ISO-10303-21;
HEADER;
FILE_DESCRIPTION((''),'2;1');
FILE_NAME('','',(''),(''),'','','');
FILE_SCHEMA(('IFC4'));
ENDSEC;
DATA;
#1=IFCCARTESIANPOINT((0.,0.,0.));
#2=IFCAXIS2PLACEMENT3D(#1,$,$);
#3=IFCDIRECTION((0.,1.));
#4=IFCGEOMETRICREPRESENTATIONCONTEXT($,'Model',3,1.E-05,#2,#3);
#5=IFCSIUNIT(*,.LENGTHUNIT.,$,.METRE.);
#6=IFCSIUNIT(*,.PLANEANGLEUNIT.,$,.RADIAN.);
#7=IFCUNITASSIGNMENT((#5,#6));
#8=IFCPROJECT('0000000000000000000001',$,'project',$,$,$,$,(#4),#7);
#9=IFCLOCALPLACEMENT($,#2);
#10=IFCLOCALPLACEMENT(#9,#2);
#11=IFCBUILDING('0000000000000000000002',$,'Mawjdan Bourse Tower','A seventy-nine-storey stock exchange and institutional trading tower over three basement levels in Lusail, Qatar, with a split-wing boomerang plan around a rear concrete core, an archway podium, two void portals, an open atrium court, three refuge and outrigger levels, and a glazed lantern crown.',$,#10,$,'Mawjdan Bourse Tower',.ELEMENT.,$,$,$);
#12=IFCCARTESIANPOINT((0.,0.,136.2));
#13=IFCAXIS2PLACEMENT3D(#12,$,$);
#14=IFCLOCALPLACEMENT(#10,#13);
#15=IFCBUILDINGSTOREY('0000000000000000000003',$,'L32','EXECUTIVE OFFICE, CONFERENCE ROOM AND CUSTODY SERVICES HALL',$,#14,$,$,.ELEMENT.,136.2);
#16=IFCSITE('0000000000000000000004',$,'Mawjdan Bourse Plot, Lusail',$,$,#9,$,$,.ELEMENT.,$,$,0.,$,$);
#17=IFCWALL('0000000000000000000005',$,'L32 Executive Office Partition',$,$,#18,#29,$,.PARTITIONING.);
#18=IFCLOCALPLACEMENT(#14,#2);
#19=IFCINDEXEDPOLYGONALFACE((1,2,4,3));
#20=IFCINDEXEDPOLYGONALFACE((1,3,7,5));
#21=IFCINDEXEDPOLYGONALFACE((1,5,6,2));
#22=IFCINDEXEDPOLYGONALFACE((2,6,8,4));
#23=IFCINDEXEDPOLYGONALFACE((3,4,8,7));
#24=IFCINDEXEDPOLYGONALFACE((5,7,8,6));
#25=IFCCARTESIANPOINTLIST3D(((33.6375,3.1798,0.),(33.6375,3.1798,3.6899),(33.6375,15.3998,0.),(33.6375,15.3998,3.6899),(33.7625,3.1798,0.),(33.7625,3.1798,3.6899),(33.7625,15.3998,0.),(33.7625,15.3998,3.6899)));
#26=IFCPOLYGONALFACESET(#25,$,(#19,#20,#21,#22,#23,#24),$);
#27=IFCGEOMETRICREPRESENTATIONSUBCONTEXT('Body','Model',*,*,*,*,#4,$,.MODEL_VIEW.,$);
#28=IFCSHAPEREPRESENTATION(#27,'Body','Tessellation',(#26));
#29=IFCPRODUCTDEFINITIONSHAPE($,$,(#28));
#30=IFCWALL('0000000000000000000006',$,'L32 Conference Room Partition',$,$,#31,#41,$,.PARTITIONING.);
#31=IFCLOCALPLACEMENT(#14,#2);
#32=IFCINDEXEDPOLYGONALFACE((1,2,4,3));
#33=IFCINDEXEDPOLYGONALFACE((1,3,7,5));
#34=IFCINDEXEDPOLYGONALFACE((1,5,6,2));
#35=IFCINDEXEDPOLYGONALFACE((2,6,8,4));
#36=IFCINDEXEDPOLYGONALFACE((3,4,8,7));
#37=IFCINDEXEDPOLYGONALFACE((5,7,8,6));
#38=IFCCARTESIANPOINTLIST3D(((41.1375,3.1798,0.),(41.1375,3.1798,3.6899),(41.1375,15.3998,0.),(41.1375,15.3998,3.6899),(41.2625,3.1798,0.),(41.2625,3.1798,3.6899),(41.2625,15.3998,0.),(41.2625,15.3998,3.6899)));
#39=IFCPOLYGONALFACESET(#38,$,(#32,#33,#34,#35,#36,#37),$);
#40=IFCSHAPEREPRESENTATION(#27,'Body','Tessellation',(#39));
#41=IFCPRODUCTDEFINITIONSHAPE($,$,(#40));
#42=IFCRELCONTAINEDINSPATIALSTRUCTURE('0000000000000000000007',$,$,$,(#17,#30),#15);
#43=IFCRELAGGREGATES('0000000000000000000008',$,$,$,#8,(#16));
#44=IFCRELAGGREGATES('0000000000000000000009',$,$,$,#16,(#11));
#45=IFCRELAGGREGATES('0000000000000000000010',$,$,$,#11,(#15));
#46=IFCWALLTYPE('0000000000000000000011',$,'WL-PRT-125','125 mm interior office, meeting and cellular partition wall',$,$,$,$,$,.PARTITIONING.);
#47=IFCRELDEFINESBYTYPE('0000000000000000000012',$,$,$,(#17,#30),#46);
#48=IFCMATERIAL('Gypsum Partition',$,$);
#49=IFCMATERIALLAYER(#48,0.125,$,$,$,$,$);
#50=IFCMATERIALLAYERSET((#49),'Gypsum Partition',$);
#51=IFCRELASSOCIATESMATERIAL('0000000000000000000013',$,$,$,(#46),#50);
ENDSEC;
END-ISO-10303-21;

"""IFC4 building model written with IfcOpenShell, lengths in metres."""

from ifc_helpers import new_model, si_unit, direction, frame, frame_2d, origin, place, context, subcontext, project, spatial, rectangle, extrude, material, layer, layer_set, type_object, element, save


model = new_model("IFC4")

# Units and contexts
model_context = context("Model", 3, precision=1e-05, world=origin(), true_north=direction((0.0, 1.0)))
body_context = subcontext(model_context, "Body", "Model", "MODEL_VIEW")
ifc_project = project(units=[si_unit("LENGTHUNIT", "METRE"), si_unit("PLANEANGLEUNIT", "RADIAN")], contexts=[model_context])

# Site, building, storey
site_placement = place(None, origin())
site = spatial("IfcSite", under=ifc_project, at=site_placement, Name="Mawjdan Bourse Plot, Lusail", CompositionType="ELEMENT", RefElevation=0.0)
building_placement = place(site_placement, origin())
building = spatial("IfcBuilding", under=site, at=building_placement, Name="Mawjdan Bourse Tower", Description="A seventy-nine-storey stock exchange and institutional trading tower over three basement levels in Lusail, Qatar, with a split-wing boomerang plan around a rear concrete core, an archway podium, two void portals, an open atrium court, three refuge and outrigger levels, and a glazed lantern crown.", LongName="Mawjdan Bourse Tower", CompositionType="ELEMENT")
storey_placement = place(building_placement, frame((0.0, 0.0, 136.2)))
storey = spatial("IfcBuildingStorey", under=building, at=storey_placement, Name="L32", Description="EXECUTIVE OFFICE, CONFERENCE ROOM AND CUSTODY SERVICES HALL", CompositionType="ELEMENT", Elevation=136.2)

# Walls
ifc_material_1 = material(Name="Gypsum Partition")
ifc_layer_1 = layer(ifc_material_1, 0.125)
ifc_layer_set_1 = layer_set([ifc_layer_1], Name="Gypsum Partition")
wall_type_1 = type_object("IfcWallType", Name="WL-PRT-125", Description="125 mm interior office, meeting and cellular partition wall", PredefinedType="PARTITIONING", material=ifc_layer_set_1)
for number, where, z_axis, x_axis, name in (
    (1, (33.7, 3.1799, 0.0), (0.0, 0.0, 1.0), (0.0, 1.0, 0.0), "L32 Executive Office Partition"),
    (2, (41.2, 3.1799, 0.0), (0.0, 0.0, 1.0), (0.0, 1.0, 0.0), "L32 Conference Room Partition"),
):
    element("IfcWall", number, at=place(storey_placement, frame(where, z_axis=z_axis, x_axis=x_axis)), inside=storey, type_object=wall_type_1, Name=name, PredefinedType="PARTITIONING", context=body_context, shape_type="SweptSolid", body=[
        extrude(rectangle(XDim=12.22, YDim=0.125, at=frame_2d((6.1099, 0.0))), origin(), (0.0, 0.0, 1.0), 3.6899),
    ])

save(model, "model.ifc")
